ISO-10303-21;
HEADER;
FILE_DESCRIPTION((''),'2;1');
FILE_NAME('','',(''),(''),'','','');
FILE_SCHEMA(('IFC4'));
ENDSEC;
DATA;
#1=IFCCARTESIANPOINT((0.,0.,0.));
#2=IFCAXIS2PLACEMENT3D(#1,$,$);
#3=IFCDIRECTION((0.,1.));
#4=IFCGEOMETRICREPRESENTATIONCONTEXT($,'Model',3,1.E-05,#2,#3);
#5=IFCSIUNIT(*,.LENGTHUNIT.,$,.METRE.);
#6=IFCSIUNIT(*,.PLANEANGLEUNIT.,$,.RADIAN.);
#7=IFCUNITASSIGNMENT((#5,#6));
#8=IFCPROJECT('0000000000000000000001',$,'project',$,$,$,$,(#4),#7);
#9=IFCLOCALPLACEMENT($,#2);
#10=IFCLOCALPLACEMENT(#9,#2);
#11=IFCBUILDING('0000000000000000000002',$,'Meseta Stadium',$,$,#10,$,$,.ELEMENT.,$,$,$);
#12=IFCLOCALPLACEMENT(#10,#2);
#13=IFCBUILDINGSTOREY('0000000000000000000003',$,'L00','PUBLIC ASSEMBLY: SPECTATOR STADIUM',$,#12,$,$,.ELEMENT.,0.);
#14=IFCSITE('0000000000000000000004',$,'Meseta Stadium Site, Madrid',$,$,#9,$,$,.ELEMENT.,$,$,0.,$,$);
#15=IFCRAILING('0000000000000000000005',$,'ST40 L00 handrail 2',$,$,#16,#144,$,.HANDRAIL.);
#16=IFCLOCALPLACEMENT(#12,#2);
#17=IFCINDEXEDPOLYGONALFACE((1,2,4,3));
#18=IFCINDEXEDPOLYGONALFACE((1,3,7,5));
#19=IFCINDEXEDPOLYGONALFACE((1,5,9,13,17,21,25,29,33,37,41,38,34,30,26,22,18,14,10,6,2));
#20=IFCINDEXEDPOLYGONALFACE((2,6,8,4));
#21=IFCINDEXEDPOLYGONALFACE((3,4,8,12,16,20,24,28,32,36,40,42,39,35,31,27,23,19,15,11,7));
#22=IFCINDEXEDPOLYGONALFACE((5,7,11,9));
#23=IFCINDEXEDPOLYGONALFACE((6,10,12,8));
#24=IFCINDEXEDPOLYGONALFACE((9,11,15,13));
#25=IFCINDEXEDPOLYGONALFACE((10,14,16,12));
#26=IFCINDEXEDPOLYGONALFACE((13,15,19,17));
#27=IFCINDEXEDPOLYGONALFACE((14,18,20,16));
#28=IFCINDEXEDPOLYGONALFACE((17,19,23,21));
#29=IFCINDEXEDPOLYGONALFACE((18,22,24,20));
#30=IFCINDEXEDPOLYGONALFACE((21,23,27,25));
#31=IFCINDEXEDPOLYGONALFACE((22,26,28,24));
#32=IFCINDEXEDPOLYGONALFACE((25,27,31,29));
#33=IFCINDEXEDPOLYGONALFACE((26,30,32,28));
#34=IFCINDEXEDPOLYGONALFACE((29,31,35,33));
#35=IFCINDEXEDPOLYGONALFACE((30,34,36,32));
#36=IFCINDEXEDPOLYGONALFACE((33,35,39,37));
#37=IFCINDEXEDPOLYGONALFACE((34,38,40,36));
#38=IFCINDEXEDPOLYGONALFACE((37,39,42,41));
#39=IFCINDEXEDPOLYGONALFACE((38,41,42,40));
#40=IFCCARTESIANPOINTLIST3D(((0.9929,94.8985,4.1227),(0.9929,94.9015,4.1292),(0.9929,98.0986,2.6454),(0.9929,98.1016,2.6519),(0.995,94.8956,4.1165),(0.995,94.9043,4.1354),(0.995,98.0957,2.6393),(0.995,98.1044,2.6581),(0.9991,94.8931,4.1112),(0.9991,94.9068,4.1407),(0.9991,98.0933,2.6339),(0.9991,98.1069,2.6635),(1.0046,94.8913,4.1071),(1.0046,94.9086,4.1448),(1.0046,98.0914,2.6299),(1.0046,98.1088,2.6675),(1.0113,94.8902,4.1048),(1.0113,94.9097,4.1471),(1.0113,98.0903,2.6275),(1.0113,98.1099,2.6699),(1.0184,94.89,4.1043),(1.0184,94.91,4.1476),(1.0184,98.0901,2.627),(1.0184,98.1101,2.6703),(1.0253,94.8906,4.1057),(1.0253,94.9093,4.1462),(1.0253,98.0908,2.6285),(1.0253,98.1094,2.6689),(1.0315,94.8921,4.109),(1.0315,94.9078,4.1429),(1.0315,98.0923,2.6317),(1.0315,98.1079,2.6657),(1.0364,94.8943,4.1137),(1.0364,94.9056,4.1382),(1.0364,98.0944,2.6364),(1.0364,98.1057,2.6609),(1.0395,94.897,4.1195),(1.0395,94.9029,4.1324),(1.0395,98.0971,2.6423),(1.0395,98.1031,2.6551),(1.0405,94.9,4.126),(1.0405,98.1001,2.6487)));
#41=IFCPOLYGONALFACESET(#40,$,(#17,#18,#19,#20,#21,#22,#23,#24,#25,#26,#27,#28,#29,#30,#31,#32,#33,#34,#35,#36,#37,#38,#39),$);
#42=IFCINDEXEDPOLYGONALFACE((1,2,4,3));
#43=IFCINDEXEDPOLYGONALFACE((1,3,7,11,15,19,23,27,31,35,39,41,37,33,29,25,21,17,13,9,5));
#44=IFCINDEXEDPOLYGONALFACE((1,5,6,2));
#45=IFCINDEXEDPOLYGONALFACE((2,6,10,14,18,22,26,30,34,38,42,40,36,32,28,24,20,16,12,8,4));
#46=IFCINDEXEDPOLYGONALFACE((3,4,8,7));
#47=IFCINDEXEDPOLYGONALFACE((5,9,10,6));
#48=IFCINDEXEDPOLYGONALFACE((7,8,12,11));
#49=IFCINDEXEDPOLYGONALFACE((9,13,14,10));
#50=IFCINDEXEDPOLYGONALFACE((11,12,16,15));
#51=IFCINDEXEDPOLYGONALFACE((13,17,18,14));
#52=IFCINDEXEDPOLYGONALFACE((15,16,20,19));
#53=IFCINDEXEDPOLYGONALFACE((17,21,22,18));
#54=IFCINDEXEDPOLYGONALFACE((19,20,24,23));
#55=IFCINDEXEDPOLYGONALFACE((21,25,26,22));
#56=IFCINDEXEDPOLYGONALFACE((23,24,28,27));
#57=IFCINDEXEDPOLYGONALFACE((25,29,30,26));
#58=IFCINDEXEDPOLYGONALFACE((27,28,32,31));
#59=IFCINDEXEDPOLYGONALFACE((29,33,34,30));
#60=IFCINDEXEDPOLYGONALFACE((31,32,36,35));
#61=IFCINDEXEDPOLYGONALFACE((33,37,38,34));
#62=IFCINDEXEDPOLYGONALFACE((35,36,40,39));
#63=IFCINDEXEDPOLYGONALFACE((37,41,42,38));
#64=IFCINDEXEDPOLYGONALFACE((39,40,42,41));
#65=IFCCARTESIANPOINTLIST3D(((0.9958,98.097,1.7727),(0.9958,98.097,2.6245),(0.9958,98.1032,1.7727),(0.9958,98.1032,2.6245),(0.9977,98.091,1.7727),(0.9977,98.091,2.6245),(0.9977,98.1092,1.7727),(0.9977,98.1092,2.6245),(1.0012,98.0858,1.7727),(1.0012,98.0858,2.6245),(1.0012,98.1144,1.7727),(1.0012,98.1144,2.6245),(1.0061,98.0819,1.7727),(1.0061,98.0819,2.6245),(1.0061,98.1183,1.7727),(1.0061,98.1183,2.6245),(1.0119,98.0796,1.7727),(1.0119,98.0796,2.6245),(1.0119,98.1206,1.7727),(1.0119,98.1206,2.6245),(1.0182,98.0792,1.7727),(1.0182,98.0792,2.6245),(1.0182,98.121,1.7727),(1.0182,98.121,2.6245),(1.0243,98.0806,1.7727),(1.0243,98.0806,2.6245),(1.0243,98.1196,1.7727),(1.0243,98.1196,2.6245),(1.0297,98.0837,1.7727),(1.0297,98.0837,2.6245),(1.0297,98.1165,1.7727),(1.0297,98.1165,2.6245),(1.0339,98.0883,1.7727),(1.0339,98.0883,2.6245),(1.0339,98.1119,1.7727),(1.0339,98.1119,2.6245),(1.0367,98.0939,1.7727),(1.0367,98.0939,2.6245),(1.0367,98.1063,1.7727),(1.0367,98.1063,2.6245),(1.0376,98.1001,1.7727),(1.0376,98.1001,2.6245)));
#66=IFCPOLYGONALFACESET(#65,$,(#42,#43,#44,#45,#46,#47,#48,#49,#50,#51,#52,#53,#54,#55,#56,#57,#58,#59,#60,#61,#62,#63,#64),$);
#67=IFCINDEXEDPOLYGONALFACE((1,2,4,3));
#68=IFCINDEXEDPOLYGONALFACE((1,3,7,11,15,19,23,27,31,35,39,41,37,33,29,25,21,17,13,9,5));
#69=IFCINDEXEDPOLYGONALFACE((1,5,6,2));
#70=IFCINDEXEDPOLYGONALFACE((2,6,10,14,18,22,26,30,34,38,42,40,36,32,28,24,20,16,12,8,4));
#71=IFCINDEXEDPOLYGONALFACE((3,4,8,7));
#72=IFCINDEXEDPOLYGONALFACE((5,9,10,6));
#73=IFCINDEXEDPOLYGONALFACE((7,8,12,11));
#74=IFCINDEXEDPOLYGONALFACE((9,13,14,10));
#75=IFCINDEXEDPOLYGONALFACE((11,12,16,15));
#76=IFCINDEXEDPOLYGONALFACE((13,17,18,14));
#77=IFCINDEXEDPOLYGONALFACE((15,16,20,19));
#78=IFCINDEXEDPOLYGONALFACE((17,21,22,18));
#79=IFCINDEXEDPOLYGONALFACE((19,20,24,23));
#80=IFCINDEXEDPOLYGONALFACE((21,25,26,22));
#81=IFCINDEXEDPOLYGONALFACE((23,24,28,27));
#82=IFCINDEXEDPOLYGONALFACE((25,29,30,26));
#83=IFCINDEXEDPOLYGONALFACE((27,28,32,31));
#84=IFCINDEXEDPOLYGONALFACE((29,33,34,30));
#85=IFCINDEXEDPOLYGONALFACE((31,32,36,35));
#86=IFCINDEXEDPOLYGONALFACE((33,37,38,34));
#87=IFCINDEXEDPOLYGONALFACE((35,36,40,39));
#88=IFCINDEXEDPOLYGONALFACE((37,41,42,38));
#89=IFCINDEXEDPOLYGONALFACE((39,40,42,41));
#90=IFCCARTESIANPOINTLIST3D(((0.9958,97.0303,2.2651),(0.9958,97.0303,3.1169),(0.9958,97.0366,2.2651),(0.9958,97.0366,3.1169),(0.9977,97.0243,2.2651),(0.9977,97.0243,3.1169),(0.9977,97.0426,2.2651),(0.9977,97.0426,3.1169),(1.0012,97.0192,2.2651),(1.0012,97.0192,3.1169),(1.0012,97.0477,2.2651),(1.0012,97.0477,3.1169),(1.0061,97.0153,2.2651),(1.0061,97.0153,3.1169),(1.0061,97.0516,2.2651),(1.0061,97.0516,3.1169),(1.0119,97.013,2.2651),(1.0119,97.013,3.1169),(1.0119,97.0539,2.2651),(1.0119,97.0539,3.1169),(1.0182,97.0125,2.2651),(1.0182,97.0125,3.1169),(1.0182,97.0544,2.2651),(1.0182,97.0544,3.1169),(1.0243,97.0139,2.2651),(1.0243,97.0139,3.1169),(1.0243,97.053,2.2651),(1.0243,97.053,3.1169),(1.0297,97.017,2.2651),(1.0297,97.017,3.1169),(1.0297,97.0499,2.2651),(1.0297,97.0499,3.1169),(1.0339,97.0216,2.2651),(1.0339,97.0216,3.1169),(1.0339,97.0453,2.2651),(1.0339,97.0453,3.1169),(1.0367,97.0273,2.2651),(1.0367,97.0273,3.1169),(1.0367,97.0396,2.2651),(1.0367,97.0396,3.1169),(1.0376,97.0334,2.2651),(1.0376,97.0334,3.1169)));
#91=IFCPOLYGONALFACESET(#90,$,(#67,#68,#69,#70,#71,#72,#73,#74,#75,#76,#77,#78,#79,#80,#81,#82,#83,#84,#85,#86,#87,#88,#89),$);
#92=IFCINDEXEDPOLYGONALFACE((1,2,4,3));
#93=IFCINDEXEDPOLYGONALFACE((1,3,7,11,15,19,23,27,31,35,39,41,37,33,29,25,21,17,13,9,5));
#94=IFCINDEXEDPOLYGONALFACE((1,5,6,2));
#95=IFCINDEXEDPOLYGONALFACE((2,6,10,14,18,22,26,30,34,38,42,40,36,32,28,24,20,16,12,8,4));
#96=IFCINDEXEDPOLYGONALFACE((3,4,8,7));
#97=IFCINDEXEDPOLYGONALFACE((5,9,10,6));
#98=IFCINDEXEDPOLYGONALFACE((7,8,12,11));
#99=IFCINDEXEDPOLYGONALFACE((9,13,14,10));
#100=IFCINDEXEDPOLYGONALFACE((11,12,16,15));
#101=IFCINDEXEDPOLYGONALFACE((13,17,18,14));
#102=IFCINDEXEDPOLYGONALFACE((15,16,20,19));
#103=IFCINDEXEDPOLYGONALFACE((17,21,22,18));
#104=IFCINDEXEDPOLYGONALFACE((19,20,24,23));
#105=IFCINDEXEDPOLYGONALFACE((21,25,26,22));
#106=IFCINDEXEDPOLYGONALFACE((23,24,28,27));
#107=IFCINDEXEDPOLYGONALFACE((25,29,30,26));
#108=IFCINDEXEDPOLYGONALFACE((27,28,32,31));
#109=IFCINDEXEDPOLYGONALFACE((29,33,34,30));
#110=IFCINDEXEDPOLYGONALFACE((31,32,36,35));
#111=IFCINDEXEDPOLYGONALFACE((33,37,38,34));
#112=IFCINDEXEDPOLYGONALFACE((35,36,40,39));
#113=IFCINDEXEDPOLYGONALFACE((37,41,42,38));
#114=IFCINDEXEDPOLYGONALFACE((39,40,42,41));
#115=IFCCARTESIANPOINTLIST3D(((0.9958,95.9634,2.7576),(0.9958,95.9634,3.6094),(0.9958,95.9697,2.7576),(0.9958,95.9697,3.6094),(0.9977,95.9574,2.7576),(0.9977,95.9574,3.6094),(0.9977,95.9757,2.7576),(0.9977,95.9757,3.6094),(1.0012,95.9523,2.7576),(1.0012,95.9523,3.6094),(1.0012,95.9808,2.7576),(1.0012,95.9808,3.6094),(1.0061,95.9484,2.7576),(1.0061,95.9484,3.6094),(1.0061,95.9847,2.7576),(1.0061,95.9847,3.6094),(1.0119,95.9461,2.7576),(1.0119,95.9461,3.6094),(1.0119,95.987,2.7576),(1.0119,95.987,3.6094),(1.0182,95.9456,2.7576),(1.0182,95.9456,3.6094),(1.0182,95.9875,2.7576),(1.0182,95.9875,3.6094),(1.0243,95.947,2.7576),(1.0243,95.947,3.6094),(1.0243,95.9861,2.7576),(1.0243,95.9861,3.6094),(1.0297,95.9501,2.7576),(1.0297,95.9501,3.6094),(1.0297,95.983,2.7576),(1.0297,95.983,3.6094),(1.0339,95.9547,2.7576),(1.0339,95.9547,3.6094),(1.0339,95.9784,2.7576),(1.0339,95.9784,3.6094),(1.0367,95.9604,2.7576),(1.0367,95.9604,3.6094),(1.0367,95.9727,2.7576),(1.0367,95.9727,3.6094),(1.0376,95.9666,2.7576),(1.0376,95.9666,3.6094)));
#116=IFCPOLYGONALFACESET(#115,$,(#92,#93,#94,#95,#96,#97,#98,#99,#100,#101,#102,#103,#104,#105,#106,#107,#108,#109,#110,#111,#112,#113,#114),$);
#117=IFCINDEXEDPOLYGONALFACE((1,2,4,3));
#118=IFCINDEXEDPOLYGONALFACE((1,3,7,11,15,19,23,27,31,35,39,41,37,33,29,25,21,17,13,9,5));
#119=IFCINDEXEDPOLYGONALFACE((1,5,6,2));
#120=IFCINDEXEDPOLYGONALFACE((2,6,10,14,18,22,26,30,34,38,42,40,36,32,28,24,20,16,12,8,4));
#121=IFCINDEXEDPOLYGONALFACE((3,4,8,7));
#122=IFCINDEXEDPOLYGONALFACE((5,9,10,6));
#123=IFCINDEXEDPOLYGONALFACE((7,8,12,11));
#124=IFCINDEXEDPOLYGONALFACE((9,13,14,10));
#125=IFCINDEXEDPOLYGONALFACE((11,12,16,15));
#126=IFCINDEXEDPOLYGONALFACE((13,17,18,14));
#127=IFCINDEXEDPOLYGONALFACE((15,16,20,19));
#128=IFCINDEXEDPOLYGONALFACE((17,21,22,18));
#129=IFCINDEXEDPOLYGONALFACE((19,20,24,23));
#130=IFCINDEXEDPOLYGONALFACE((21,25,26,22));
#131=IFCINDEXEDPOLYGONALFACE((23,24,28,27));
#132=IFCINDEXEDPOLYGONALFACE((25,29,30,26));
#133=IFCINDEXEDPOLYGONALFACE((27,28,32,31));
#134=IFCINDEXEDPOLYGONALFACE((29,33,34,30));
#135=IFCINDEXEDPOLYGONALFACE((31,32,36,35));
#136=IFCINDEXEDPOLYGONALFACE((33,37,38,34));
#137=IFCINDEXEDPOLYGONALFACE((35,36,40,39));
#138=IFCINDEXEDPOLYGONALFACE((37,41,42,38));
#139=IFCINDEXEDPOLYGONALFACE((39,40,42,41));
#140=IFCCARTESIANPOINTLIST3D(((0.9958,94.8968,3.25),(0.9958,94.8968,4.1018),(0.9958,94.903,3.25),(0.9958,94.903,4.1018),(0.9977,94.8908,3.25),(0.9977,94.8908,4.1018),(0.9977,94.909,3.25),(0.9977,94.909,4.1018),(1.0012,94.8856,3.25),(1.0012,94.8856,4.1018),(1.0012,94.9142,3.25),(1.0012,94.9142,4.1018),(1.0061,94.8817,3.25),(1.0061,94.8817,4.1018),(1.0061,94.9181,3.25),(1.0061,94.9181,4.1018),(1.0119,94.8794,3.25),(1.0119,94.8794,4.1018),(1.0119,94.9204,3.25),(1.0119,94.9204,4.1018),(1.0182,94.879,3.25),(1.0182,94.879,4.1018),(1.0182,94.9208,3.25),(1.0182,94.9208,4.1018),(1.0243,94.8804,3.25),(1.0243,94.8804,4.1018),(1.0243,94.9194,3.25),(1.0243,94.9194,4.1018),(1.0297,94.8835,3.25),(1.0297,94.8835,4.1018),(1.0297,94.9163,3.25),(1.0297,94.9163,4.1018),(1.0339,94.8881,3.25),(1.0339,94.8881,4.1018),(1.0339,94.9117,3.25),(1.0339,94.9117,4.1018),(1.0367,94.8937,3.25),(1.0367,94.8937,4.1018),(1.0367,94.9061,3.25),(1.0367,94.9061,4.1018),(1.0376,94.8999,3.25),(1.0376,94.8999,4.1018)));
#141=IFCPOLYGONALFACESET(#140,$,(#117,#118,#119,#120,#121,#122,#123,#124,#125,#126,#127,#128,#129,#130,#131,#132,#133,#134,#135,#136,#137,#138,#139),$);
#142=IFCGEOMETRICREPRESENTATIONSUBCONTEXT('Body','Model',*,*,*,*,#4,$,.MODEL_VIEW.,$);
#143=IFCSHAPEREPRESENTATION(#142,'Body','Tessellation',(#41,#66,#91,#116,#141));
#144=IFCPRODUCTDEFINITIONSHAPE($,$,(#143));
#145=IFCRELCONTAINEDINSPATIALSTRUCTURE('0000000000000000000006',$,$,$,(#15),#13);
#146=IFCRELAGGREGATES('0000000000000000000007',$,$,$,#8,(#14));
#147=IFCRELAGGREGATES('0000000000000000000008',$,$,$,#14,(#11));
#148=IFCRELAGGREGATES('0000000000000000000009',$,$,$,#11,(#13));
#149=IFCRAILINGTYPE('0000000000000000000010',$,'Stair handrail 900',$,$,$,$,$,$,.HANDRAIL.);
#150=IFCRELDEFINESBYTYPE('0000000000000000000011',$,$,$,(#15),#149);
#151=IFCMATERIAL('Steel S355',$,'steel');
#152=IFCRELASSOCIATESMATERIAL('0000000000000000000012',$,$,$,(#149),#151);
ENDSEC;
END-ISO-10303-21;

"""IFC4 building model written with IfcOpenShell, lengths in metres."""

from ifc_helpers import new_model, si_unit, direction, frame, origin, origin_2d, place, context, subcontext, project, spatial, circle, extrude, material, type_object, element, save


model = new_model("IFC4")

# Units and contexts
model_context = context("Model", 3, precision=1e-05, world=origin(), true_north=direction((0.0, 1.0)))
body_context = subcontext(model_context, "Body", "Model", "MODEL_VIEW")
ifc_project = project(units=[si_unit("LENGTHUNIT", "METRE"), si_unit("PLANEANGLEUNIT", "RADIAN")], contexts=[model_context])

# Site, building, storey
site_placement = place(None, origin())
site = spatial("IfcSite", under=ifc_project, at=site_placement, Name="Meseta Stadium Site, Madrid", CompositionType="ELEMENT", RefElevation=0.0)
building_placement = place(site_placement, origin())
building = spatial("IfcBuilding", under=site, at=building_placement, Name="Meseta Stadium", CompositionType="ELEMENT")
storey_placement = place(building_placement, origin())
storey = spatial("IfcBuildingStorey", under=building, at=storey_placement, Name="L00", Description="PUBLIC ASSEMBLY: SPECTATOR STADIUM", CompositionType="ELEMENT", Elevation=0.0)

# Railing
ifc_material_1 = material(Name="Steel S355", Category="steel")
railing_type_1 = type_object("IfcRailingType", Name="Stair handrail 900", PredefinedType="HANDRAIL", material=ifc_material_1)
railing_1_placement = place(storey_placement, frame((1.0166, 98.1001, 1.7727)))
element("IfcRailing", 1, at=railing_1_placement, inside=storey, type_object=railing_type_1, Name="ST40 L00 handrail 2", PredefinedType="HANDRAIL", context=body_context, shape_type="SweptSolid", body=[
    extrude(circle(Radius=0.0239, at=origin_2d()), frame((0.0, 0.0, 0.876), z_axis=(0.0, -0.907929, 0.419124), x_axis=(1.0, 0.0, 0.0)), (0.0, 0.0, 1.0), 3.5247),
    extrude(circle(Radius=0.021, at=origin_2d()), origin(), (0.0, 0.0, 1.0), 0.8518),
    extrude(circle(Radius=0.021, at=origin_2d()), frame((0.0, -1.0667, 0.4924)), (0.0, 0.0, 1.0), 0.8518),
    extrude(circle(Radius=0.021, at=origin_2d()), frame((0.0, -2.1335, 0.9849)), (0.0, 0.0, 1.0), 0.8518),
    extrude(circle(Radius=0.021, at=origin_2d()), frame((0.0, -3.2002, 1.4773)), (0.0, 0.0, 1.0), 0.8518),
])

save(model, "model.ifc")
